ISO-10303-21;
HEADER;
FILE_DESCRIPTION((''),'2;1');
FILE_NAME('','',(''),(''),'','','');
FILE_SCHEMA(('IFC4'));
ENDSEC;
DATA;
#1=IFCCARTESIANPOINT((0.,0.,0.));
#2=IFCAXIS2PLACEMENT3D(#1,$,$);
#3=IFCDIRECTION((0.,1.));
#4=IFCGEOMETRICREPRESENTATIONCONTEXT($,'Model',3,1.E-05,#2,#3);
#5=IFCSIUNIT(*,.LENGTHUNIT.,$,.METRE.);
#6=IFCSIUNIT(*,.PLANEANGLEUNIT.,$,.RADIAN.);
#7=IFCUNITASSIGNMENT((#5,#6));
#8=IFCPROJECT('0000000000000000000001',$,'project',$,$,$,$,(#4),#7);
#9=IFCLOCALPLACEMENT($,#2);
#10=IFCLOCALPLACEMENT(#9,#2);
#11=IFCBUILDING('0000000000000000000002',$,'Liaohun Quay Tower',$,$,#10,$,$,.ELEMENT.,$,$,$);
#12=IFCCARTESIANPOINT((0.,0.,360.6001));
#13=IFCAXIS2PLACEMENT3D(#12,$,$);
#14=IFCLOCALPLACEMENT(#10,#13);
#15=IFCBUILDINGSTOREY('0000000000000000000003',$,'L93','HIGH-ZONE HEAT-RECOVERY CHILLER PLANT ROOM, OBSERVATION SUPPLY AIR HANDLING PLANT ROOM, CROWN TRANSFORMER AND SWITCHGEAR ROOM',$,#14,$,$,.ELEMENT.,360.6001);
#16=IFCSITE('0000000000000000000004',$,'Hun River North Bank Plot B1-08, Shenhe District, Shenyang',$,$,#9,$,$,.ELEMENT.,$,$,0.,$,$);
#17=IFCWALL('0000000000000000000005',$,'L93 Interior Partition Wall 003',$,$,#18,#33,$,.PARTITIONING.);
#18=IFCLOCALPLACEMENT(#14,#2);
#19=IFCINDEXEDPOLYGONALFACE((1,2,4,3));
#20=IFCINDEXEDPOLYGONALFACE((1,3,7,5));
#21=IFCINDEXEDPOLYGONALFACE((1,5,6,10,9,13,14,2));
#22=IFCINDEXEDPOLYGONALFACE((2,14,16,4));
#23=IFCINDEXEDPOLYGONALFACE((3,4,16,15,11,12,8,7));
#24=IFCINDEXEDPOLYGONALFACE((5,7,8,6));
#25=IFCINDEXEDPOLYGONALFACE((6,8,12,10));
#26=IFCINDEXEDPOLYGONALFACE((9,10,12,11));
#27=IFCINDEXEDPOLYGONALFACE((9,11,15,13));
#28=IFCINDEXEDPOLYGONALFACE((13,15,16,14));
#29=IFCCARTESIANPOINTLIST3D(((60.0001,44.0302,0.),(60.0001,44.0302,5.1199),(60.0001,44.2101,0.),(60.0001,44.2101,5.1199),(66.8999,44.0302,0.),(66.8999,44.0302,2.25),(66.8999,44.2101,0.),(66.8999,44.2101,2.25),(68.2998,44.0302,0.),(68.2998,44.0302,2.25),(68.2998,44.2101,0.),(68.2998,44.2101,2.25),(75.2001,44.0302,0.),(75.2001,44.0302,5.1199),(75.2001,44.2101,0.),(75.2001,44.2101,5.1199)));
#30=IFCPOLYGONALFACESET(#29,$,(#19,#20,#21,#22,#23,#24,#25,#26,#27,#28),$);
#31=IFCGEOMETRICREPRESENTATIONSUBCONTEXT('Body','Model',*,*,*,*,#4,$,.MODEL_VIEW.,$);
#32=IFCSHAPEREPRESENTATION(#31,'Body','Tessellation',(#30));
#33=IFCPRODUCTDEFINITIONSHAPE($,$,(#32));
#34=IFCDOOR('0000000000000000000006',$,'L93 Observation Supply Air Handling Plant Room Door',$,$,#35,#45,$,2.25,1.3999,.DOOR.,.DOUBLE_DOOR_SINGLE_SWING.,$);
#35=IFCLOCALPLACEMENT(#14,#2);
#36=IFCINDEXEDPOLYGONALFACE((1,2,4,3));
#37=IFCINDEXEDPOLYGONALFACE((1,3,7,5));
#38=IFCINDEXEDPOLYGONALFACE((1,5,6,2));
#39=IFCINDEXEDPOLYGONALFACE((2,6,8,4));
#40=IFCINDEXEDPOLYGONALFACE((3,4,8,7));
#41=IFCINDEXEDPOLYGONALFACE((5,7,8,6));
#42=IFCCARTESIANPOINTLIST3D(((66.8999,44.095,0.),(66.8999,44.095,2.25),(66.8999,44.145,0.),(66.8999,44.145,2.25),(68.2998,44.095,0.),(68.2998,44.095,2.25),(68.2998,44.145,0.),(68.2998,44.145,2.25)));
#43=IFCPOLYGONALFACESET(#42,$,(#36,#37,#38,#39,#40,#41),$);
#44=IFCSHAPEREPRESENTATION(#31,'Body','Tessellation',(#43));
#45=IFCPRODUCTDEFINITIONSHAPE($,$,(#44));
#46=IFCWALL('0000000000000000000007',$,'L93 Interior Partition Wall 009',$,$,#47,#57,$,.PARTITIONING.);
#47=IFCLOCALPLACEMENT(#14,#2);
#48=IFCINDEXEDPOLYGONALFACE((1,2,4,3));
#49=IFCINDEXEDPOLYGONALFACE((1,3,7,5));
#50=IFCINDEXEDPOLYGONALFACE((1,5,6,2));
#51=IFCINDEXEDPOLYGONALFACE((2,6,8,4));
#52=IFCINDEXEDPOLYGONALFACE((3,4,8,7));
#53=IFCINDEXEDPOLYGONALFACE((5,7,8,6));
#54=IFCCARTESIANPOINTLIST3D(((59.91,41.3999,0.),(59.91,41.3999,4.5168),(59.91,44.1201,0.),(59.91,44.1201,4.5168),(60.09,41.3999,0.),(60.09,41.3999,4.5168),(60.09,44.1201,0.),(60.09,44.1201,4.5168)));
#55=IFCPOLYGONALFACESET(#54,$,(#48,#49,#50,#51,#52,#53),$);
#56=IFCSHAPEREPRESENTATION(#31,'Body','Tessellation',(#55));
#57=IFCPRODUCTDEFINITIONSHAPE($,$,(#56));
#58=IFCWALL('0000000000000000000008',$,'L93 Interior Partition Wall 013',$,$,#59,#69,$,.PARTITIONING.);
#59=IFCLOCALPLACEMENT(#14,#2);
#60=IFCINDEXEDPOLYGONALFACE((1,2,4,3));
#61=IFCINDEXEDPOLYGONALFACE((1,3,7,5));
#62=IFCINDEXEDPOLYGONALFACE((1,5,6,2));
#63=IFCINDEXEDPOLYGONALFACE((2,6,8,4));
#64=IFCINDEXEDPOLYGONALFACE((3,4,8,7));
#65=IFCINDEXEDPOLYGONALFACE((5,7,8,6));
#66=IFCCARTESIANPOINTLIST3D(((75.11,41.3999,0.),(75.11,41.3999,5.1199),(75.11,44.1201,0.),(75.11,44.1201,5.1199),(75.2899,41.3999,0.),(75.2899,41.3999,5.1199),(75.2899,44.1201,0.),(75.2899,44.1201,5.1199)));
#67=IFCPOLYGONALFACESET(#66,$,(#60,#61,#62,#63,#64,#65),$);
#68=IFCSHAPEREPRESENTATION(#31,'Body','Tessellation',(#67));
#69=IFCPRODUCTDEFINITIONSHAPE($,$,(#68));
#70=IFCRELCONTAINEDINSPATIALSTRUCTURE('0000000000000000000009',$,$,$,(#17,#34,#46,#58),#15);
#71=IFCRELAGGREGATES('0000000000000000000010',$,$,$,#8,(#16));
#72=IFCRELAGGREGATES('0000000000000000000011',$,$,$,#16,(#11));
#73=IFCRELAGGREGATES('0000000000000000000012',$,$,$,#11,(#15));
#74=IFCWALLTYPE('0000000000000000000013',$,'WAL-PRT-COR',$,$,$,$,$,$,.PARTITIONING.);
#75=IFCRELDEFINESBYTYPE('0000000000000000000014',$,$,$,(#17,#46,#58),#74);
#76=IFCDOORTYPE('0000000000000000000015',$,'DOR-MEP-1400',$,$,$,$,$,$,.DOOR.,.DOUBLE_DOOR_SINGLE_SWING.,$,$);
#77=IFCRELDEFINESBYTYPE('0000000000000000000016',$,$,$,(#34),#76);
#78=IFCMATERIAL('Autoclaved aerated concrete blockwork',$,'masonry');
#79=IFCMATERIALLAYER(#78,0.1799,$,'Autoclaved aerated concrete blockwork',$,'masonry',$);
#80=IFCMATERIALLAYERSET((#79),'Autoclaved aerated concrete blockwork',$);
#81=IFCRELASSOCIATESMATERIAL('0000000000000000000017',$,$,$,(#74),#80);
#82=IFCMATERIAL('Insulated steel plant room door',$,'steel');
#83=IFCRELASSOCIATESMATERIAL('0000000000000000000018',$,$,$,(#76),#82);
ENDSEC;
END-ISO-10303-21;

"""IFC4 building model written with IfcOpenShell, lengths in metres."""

from ifc_helpers import new_model, si_unit, direction, frame, frame_2d, origin, place, context, subcontext, project, spatial, rectangle, extrude, source, transform, mapped, material, layer, layer_set, type_object, element, fill, save


model = new_model("IFC4")

# Units and contexts
model_context = context("Model", 3, precision=1e-05, world=origin(), true_north=direction((0.0, 1.0)))
body_context = subcontext(model_context, "Body", "Model", "MODEL_VIEW")
ifc_project = project(units=[si_unit("LENGTHUNIT", "METRE"), si_unit("PLANEANGLEUNIT", "RADIAN")], contexts=[model_context])

# Site, building, storey
site_placement = place(None, origin())
site = spatial("IfcSite", under=ifc_project, at=site_placement, Name="Hun River North Bank Plot B1-08, Shenhe District, Shenyang", CompositionType="ELEMENT", RefElevation=0.0)
building_placement = place(site_placement, origin())
building = spatial("IfcBuilding", under=site, at=building_placement, Name="Liaohun Quay Tower", CompositionType="ELEMENT")
storey_placement = place(building_placement, frame((0.0, 0.0, 360.6001)))
storey = spatial("IfcBuildingStorey", under=building, at=storey_placement, Name="L93", Description="HIGH-ZONE HEAT-RECOVERY CHILLER PLANT ROOM, OBSERVATION SUPPLY AIR HANDLING PLANT ROOM, CROWN TRANSFORMER AND SWITCHGEAR ROOM", CompositionType="ELEMENT", Elevation=360.6001)

# Wall, opening, door
ifc_material_1 = material(Name="Autoclaved aerated concrete blockwork", Category="masonry")
ifc_layer_1 = layer(ifc_material_1, 0.1799, Name="Autoclaved aerated concrete blockwork", Category="masonry")
ifc_layer_set_1 = layer_set([ifc_layer_1], Name="Autoclaved aerated concrete blockwork")
wall_type_1 = type_object("IfcWallType", Name="WAL-PRT-COR", PredefinedType="PARTITIONING", material=ifc_layer_set_1)
wall_1_placement = place(storey_placement, frame((60.0, 44.1201, 0.0), z_axis=(0.0, 0.0, 1.0), x_axis=(1.0, 0.0, 0.0)))
wall_1 = element("IfcWall", 1, at=wall_1_placement, inside=storey, type_object=wall_type_1, Name="L93 Interior Partition Wall 003", PredefinedType="PARTITIONING", context=body_context, shape_type="SweptSolid", body=[
    extrude(rectangle(XDim=15.2, YDim=0.1799, at=frame_2d((7.6001, 0.0))), origin(), (0.0, 0.0, 1.0), 5.1199),
])
shared_shape_1 = source(origin(), body_context, "Body", "SweptSolid", [
    extrude(rectangle(XDim=1.3999, YDim=2.25, at=frame_2d((0.7, 1.125))), frame((0.0, 0.0999, 0.0), z_axis=(0.0, -1.0, 0.0), x_axis=(1.0, 0.0, 0.0)), (0.0, 0.0, 1.0), 0.2),
])
opening_1_placement = place(wall_1_placement, frame((6.8999, 0.0, 0.0)))
opening_1 = element("IfcOpeningElement", 2, at=opening_1_placement, cuts=wall_1, PredefinedType="OPENING", context=body_context, shape_type="MappedRepresentation", body=[
    mapped(shared_shape_1, transform((0.0, 0.0, 0.0), x_axis=(1.0, 0.0, 0.0), y_axis=(0.0, 1.0, 0.0), z_axis=(0.0, 0.0, 1.0), scale=1.0)),
])
ifc_material_2 = material(Name="Insulated steel plant room door", Category="steel")
door_type_1 = type_object("IfcDoorType", Name="DOR-MEP-1400", OperationType="DOUBLE_DOOR_SINGLE_SWING", PredefinedType="DOOR", material=ifc_material_2)
shared_shape_2 = source(origin(), body_context, "Body", "SweptSolid", [
    extrude(rectangle(XDim=1.3999, YDim=2.25, at=frame_2d((0.7, 1.125))), frame((0.0, 0.0249, 0.0), z_axis=(0.0, -1.0, 0.0), x_axis=(1.0, 0.0, 0.0)), (0.0, 0.0, 1.0), 0.05),
])
door_1_placement = place(opening_1_placement, origin())
door_1 = element("IfcDoor", 3, at=door_1_placement, inside=storey, type_object=door_type_1, Name="L93 Observation Supply Air Handling Plant Room Door", OperationType="DOUBLE_DOOR_SINGLE_SWING", OverallHeight=2.25, OverallWidth=1.3999, PredefinedType="DOOR", context=body_context, shape_type="MappedRepresentation", body=[
    mapped(shared_shape_2, transform((0.0, 0.0, 0.0), x_axis=(1.0, 0.0, 0.0), y_axis=(0.0, 1.0, 0.0), z_axis=(0.0, 0.0, 1.0), scale=1.0)),
])
fill(opening_1, door_1)

# Walls
wall_2_placement = place(storey_placement, frame((60.0, 41.3999, 0.0), z_axis=(0.0, 0.0, 1.0), x_axis=(0.0, 1.0, 0.0)))
element("IfcWall", 4, at=wall_2_placement, inside=storey, type_object=wall_type_1, Name="L93 Interior Partition Wall 009", PredefinedType="PARTITIONING", context=body_context, shape_type="SweptSolid", body=[
    extrude(rectangle(XDim=2.7202, YDim=0.1799, at=frame_2d((1.3601, 0.0))), origin(), (0.0, 0.0, 1.0), 4.5168),
])
wall_3_placement = place(storey_placement, frame((75.2, 41.3999, 0.0), z_axis=(0.0, 0.0, 1.0), x_axis=(0.0, 1.0, 0.0)))
element("IfcWall", 5, at=wall_3_placement, inside=storey, type_object=wall_type_1, Name="L93 Interior Partition Wall 013", PredefinedType="PARTITIONING", context=body_context, shape_type="SweptSolid", body=[
    extrude(rectangle(XDim=2.7202, YDim=0.1799, at=frame_2d((1.3601, 0.0))), origin(), (0.0, 0.0, 1.0), 5.1199),
])

save(model, "model.ifc")
